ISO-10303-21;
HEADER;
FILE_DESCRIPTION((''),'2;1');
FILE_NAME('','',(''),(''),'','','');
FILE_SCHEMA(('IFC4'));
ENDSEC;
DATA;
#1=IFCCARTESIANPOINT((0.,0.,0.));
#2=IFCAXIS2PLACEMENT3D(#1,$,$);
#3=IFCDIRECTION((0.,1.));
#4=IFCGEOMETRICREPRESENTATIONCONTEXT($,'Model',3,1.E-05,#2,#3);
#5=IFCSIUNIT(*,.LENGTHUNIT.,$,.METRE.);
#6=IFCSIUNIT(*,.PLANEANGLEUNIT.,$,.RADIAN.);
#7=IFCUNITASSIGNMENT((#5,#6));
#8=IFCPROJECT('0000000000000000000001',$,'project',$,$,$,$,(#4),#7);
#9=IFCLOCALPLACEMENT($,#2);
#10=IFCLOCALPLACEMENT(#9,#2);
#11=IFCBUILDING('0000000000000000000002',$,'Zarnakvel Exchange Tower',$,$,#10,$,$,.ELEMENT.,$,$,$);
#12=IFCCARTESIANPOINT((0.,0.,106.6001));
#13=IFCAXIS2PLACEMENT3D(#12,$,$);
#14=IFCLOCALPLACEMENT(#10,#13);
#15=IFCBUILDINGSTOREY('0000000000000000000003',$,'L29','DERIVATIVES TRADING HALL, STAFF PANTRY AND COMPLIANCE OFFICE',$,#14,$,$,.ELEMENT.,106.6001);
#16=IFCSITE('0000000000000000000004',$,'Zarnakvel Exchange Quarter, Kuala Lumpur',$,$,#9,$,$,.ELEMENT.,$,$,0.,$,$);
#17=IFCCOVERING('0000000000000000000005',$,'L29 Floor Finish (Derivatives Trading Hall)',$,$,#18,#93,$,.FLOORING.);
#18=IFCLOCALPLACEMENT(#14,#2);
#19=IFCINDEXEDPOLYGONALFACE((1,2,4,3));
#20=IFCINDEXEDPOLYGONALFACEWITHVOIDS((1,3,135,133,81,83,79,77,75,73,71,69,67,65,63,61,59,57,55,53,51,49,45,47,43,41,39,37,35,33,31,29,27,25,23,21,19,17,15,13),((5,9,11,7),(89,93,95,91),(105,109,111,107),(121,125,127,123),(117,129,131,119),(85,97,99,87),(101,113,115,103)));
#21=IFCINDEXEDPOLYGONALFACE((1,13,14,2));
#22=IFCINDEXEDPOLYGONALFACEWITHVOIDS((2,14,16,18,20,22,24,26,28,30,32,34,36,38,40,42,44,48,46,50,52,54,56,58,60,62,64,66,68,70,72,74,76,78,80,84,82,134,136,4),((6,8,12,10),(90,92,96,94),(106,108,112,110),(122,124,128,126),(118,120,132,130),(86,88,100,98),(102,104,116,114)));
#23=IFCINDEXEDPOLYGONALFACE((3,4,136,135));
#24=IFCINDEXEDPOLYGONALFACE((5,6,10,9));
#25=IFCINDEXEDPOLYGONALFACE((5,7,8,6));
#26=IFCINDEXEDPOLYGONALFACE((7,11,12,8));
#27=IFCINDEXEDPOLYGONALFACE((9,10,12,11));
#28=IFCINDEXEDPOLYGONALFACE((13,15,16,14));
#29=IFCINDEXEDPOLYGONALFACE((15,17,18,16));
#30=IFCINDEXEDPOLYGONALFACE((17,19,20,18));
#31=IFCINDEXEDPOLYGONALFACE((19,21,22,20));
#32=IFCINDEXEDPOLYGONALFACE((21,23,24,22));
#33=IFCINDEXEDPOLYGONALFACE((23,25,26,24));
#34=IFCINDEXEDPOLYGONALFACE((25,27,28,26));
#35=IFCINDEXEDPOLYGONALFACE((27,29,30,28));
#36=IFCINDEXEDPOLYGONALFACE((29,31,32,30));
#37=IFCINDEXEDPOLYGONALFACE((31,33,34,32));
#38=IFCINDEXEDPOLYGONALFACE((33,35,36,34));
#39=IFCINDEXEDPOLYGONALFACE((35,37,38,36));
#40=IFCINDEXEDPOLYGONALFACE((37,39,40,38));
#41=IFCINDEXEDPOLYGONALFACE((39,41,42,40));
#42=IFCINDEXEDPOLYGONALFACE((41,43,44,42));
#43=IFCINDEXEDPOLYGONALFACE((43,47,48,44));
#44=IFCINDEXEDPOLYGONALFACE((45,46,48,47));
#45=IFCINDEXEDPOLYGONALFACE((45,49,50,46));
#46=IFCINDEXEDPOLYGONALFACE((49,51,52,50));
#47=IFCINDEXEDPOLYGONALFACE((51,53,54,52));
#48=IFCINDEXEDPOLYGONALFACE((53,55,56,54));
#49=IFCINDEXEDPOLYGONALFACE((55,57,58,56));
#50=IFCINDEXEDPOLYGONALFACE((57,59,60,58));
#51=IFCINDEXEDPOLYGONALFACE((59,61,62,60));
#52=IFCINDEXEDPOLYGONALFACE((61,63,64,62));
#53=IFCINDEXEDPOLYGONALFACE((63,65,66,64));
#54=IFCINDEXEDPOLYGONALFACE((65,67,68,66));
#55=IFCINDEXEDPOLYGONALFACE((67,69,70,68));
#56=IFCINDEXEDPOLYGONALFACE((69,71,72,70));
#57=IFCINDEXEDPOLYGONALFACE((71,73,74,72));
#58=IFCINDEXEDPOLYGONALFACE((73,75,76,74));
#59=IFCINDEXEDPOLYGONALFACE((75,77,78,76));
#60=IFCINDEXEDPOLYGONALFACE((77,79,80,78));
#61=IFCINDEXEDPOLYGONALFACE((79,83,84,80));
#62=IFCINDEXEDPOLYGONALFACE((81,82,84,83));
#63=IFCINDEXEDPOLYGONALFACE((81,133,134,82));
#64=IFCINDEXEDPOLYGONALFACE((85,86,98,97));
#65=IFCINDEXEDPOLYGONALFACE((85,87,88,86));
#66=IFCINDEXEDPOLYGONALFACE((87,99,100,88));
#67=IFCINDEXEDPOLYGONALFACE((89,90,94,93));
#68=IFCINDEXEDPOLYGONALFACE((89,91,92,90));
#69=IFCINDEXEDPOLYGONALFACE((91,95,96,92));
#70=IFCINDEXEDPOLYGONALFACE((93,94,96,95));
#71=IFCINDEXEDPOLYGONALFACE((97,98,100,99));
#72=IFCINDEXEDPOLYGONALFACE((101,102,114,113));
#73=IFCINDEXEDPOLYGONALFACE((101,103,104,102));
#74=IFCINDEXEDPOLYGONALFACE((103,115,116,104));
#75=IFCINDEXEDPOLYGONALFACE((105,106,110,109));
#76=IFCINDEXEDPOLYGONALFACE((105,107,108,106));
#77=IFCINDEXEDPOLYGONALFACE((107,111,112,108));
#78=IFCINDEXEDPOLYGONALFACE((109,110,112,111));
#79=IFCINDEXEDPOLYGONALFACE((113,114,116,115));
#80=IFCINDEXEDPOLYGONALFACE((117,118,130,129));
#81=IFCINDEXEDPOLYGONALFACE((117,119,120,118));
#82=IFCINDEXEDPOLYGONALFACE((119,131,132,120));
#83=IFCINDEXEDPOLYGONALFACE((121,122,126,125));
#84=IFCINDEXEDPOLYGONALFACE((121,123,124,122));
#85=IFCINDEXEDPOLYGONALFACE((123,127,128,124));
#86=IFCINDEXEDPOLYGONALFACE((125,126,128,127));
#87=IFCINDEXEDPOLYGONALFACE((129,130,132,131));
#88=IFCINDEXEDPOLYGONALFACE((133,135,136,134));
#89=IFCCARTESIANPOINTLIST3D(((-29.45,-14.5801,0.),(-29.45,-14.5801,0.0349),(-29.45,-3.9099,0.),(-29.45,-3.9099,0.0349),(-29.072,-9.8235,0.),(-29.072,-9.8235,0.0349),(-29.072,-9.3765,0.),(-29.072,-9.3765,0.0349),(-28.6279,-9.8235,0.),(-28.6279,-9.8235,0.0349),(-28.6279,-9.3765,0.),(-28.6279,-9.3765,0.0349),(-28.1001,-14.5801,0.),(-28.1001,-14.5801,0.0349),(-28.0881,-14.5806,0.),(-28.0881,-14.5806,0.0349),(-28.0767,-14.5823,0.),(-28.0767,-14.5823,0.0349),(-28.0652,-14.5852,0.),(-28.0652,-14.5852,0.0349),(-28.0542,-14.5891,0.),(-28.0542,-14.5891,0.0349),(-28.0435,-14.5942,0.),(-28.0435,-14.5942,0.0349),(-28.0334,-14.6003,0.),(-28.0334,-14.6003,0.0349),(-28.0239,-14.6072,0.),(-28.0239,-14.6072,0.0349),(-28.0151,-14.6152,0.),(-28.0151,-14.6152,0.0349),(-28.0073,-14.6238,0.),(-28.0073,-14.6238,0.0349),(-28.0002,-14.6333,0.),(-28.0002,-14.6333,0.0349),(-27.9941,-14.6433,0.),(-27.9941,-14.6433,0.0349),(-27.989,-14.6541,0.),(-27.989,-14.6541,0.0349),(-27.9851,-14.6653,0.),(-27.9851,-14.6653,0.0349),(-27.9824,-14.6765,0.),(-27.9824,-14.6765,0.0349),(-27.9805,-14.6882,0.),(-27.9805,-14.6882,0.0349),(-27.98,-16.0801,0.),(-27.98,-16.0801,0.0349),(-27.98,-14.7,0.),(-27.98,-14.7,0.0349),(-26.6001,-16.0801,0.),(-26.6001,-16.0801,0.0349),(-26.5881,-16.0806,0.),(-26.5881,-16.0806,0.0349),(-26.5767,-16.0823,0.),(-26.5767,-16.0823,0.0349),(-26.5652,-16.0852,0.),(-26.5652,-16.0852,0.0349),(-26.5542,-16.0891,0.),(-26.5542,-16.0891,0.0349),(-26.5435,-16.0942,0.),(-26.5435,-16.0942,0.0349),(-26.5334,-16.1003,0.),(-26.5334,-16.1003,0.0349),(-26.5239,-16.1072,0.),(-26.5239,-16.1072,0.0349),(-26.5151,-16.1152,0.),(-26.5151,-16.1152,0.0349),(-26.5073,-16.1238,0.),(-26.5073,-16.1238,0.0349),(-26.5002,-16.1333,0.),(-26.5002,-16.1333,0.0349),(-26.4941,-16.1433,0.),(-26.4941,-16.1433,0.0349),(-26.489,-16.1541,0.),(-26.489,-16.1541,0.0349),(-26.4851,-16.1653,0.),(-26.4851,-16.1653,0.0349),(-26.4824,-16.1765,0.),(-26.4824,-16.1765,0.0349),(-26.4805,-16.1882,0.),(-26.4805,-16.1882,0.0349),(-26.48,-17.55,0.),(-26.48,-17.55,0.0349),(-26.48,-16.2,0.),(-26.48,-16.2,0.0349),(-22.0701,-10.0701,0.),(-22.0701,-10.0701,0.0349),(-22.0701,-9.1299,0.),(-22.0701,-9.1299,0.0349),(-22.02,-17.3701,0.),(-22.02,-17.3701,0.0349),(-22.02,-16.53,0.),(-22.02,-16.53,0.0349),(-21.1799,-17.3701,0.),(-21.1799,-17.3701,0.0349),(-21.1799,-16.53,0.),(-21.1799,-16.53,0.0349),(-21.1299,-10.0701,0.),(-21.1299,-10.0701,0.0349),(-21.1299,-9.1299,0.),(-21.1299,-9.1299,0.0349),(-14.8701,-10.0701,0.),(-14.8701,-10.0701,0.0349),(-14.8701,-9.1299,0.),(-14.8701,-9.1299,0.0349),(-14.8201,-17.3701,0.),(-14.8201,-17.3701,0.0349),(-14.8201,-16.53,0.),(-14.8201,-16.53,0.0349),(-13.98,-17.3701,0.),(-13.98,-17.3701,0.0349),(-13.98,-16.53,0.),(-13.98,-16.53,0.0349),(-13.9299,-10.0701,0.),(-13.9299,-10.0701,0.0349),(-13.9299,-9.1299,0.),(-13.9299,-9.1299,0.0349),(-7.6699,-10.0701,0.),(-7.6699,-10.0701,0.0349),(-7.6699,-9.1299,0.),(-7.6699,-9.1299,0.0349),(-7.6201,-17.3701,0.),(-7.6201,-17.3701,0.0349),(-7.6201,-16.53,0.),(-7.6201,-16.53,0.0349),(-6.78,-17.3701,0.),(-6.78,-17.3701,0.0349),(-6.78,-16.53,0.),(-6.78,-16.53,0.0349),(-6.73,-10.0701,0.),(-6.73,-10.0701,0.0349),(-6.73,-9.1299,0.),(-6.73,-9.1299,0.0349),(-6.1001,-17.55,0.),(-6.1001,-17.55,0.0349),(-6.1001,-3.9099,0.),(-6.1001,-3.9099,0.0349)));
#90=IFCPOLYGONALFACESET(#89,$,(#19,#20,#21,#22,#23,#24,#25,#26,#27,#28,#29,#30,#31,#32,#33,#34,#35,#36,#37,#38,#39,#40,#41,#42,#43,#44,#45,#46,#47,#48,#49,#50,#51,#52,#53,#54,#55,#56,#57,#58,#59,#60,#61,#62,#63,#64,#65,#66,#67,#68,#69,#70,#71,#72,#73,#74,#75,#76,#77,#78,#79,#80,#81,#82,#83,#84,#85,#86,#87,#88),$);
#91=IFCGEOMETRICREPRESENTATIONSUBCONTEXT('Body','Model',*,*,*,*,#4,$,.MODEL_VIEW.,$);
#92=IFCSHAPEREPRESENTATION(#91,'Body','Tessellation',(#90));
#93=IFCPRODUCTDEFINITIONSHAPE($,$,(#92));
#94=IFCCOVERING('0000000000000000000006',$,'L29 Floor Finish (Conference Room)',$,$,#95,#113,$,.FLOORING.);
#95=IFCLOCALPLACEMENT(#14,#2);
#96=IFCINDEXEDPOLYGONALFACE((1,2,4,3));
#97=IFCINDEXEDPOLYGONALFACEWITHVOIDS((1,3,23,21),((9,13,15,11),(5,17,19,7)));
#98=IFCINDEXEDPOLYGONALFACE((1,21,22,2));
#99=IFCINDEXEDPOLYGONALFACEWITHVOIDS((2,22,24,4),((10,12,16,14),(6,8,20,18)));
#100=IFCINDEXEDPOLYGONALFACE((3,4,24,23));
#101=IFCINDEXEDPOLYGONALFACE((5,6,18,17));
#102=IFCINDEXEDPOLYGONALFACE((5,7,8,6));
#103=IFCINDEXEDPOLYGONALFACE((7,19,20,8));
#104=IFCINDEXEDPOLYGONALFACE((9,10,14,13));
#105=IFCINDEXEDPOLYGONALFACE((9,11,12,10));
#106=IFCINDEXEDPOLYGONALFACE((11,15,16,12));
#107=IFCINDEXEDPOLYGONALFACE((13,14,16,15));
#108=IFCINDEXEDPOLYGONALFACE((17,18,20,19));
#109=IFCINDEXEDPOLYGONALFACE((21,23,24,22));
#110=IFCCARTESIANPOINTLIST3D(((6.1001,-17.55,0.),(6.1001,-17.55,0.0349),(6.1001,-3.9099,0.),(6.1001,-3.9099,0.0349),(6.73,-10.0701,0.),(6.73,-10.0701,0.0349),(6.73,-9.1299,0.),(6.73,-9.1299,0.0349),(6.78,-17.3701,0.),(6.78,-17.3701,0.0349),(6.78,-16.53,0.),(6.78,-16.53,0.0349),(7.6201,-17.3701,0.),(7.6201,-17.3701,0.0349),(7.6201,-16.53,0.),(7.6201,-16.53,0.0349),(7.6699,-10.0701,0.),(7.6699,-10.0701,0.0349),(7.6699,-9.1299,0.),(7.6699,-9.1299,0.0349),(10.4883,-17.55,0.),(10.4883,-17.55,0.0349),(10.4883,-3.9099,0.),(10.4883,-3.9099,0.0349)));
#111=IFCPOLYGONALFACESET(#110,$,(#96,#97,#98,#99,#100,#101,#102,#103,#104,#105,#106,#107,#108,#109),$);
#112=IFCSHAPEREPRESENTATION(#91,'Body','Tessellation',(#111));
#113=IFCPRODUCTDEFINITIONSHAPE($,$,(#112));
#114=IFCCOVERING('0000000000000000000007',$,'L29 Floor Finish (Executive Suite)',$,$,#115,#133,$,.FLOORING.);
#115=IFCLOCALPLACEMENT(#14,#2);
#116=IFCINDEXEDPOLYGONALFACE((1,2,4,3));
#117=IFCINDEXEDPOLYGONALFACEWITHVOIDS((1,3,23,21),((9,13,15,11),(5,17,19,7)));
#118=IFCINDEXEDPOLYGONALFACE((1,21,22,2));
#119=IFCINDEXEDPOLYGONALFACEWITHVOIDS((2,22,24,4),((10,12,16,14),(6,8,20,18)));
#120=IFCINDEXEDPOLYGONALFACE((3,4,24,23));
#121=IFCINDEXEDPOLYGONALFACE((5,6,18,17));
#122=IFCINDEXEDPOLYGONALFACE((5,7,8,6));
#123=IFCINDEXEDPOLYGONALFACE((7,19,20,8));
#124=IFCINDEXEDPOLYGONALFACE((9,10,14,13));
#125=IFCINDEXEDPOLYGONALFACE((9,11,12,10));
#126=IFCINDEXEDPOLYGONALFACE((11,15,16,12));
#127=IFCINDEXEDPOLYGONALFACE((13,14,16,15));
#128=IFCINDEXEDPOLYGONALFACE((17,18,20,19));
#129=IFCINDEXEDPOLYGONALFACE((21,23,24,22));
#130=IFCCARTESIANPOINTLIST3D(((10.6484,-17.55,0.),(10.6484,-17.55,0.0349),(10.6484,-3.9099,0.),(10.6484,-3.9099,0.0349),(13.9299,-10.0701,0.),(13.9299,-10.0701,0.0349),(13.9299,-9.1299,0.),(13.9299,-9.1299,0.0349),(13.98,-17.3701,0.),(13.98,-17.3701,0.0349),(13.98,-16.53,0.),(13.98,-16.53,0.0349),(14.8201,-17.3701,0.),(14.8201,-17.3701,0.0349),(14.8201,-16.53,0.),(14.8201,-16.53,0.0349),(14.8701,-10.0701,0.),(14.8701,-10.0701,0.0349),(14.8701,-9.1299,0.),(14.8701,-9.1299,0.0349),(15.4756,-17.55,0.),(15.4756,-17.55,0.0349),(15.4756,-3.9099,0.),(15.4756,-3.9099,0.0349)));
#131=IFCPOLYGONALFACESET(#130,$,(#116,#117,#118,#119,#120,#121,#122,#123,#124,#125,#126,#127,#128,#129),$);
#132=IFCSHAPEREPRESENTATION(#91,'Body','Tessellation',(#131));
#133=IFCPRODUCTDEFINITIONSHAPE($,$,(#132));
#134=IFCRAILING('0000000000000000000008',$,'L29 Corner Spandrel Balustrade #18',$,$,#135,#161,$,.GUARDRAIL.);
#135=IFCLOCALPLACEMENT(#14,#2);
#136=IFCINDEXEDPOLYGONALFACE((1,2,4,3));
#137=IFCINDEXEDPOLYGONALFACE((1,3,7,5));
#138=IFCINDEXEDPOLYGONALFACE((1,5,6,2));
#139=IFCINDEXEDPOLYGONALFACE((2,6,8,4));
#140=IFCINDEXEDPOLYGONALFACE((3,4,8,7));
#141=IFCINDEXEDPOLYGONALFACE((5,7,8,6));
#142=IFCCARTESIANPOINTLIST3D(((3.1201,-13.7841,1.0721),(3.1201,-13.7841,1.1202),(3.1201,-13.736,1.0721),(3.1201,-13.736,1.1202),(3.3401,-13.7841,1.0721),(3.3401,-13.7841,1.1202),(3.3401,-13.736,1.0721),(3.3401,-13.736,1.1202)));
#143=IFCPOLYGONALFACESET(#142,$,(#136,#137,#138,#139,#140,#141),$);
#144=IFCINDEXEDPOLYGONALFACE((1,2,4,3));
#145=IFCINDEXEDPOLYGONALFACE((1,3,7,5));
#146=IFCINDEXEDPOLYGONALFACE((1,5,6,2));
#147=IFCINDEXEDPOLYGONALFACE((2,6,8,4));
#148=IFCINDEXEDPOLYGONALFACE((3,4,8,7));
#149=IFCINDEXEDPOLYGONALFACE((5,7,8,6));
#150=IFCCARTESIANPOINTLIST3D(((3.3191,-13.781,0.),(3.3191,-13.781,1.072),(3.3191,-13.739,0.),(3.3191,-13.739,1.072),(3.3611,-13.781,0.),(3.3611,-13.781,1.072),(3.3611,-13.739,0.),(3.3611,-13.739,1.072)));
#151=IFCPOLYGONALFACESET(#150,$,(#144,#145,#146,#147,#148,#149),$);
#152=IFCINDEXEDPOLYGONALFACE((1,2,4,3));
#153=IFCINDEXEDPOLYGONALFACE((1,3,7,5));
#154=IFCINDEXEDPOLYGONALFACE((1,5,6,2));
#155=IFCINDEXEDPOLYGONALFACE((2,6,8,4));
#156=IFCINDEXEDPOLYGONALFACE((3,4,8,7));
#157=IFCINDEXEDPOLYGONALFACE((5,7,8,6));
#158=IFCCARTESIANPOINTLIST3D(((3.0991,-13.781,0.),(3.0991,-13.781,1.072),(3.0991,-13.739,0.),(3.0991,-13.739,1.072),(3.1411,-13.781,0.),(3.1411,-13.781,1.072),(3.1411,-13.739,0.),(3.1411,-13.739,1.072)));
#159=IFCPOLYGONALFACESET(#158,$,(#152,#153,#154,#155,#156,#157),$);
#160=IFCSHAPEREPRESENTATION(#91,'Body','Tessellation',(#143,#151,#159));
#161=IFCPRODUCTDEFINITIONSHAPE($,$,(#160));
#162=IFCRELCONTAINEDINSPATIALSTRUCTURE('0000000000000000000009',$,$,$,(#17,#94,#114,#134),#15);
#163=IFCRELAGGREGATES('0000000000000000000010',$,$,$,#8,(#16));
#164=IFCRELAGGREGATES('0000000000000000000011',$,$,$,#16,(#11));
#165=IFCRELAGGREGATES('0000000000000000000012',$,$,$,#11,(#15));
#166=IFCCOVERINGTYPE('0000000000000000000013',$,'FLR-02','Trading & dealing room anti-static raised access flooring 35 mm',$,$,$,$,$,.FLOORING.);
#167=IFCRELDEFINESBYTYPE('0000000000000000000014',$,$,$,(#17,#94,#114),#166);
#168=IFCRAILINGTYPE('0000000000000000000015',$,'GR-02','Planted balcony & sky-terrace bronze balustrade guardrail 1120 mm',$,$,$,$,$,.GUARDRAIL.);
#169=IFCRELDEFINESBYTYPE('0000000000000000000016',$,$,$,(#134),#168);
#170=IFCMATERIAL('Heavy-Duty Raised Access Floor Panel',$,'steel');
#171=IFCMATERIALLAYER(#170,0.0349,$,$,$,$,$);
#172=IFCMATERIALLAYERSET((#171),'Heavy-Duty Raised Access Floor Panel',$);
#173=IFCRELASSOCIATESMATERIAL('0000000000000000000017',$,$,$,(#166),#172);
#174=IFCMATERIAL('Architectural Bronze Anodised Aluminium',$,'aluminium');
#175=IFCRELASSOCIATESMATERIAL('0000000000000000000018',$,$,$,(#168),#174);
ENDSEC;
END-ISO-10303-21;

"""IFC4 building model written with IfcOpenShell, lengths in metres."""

from ifc_helpers import new_model, si_unit, direction, frame, origin, origin_2d, place, context, subcontext, project, spatial, polyline, rectangle, outline, extrude, material, layer, layer_set, type_object, element, save


model = new_model("IFC4")

# Units and contexts
model_context = context("Model", 3, precision=1e-05, world=origin(), true_north=direction((0.0, 1.0)))
body_context = subcontext(model_context, "Body", "Model", "MODEL_VIEW")
ifc_project = project(units=[si_unit("LENGTHUNIT", "METRE"), si_unit("PLANEANGLEUNIT", "RADIAN")], contexts=[model_context])

# Site, building, storey
site_placement = place(None, origin())
site = spatial("IfcSite", under=ifc_project, at=site_placement, Name="Zarnakvel Exchange Quarter, Kuala Lumpur", CompositionType="ELEMENT", RefElevation=0.0)
building_placement = place(site_placement, origin())
building = spatial("IfcBuilding", under=site, at=building_placement, Name="Zarnakvel Exchange Tower", CompositionType="ELEMENT")
storey_placement = place(building_placement, frame((0.0, 0.0, 106.6001)))
storey = spatial("IfcBuildingStorey", under=building, at=storey_placement, Name="L29", Description="DERIVATIVES TRADING HALL, STAFF PANTRY AND COMPLIANCE OFFICE", CompositionType="ELEMENT", Elevation=106.6001)

# Coverings
ifc_material_1 = material(Name="Heavy-Duty Raised Access Floor Panel", Category="steel")
ifc_layer_1 = layer(ifc_material_1, 0.0349)
ifc_layer_set_1 = layer_set([ifc_layer_1], Name="Heavy-Duty Raised Access Floor Panel")
covering_type_1 = type_object("IfcCoveringType", Name="FLR-02", Description="Trading & dealing room anti-static raised access flooring 35 mm", PredefinedType="FLOORING", material=ifc_layer_set_1)
covering_1_placement = place(storey_placement, origin())
element("IfcCovering", 1, at=covering_1_placement, inside=storey, type_object=covering_type_1, Name="L29 Floor Finish (Derivatives Trading Hall)", PredefinedType="FLOORING", context=body_context, shape_type="SweptSolid", body=[
    extrude(outline(polyline([(-6.1001, -3.9099), (-6.1001, -17.55), (-26.48, -17.55), (-26.48, -16.2), (-26.4805, -16.1882), (-26.4824, -16.1765), (-26.4851, -16.1653), (-26.489, -16.1541), (-26.4941, -16.1433), (-26.5002, -16.1333), (-26.5073, -16.1238), (-26.5151, -16.1152), (-26.5239, -16.1072), (-26.5334, -16.1003), (-26.5435, -16.0942), (-26.5542, -16.0891), (-26.5652, -16.0852), (-26.5767, -16.0823), (-26.5881, -16.0806), (-26.6001, -16.0801), (-27.98, -16.0801), (-27.98, -14.7), (-27.9805, -14.6882), (-27.9824, -14.6765), (-27.9851, -14.6653), (-27.989, -14.6541), (-27.9941, -14.6433), (-28.0002, -14.6333), (-28.0073, -14.6238), (-28.0151, -14.6152), (-28.0239, -14.6072), (-28.0334, -14.6003), (-28.0435, -14.5942), (-28.0542, -14.5891), (-28.0652, -14.5852), (-28.0767, -14.5823), (-28.0881, -14.5806), (-28.1001, -14.5801), (-29.45, -14.5801), (-29.45, -3.9099), (-6.1001, -3.9099)]), holes=[polyline([(-7.6699, -10.0701), (-6.73, -10.0701), (-6.73, -9.1299), (-7.6699, -9.1299), (-7.6699, -10.0701)]), polyline([(-6.78, -17.3701), (-6.78, -16.53), (-7.6201, -16.53), (-7.6201, -17.3701), (-6.78, -17.3701)]), polyline([(-13.9299, -10.0701), (-13.9299, -9.1299), (-14.8701, -9.1299), (-14.8701, -10.0701), (-13.9299, -10.0701)]), polyline([(-13.98, -17.3701), (-13.98, -16.53), (-14.8201, -16.53), (-14.8201, -17.3701), (-13.98, -17.3701)]), polyline([(-21.1299, -10.0701), (-21.1299, -9.1299), (-22.0701, -9.1299), (-22.0701, -10.0701), (-21.1299, -10.0701)]), polyline([(-21.1799, -17.3701), (-21.1799, -16.53), (-22.02, -16.53), (-22.02, -17.3701), (-21.1799, -17.3701)]), polyline([(-29.072, -9.8235), (-28.6279, -9.8235), (-28.6279, -9.3765), (-29.072, -9.3765), (-29.072, -9.8235)])]), origin(), (0.0, 0.0, 1.0), 0.0349),
])
covering_2_placement = place(storey_placement, origin())
element("IfcCovering", 2, at=covering_2_placement, inside=storey, type_object=covering_type_1, Name="L29 Floor Finish (Conference Room)", PredefinedType="FLOORING", context=body_context, shape_type="SweptSolid", body=[
    extrude(outline(polyline([(6.1001, -3.9099), (10.4883, -3.9099), (10.4883, -17.55), (6.1001, -17.55), (6.1001, -3.9099)]), holes=[polyline([(6.73, -10.0701), (7.6699, -10.0701), (7.6699, -9.1299), (6.73, -9.1299), (6.73, -10.0701)]), polyline([(7.6201, -17.3701), (7.6201, -16.53), (6.78, -16.53), (6.78, -17.3701), (7.6201, -17.3701)])]), origin(), (0.0, 0.0, 1.0), 0.0349),
])
covering_3_placement = place(storey_placement, origin())
element("IfcCovering", 3, at=covering_3_placement, inside=storey, type_object=covering_type_1, Name="L29 Floor Finish (Executive Suite)", PredefinedType="FLOORING", context=body_context, shape_type="SweptSolid", body=[
    extrude(outline(polyline([(10.6484, -3.9099), (15.4756, -3.9099), (15.4756, -17.55), (10.6484, -17.55), (10.6484, -3.9099)]), holes=[polyline([(13.9299, -10.0701), (14.8701, -10.0701), (14.8701, -9.1299), (13.9299, -9.1299), (13.9299, -10.0701)]), polyline([(14.8201, -17.3701), (14.8201, -16.53), (13.98, -16.53), (13.98, -17.3701), (14.8201, -17.3701)])]), origin(), (0.0, 0.0, 1.0), 0.0349),
])

# Railing
ifc_material_2 = material(Name="Architectural Bronze Anodised Aluminium", Category="aluminium")
railing_type = type_object("IfcRailingType", Name="GR-02", Description="Planted balcony & sky-terrace bronze balustrade guardrail 1120 mm", PredefinedType="GUARDRAIL", material=ifc_material_2)
railing_placement = place(storey_placement, frame((3.3401, -13.76, 0.0)))
element("IfcRailing", 4, at=railing_placement, inside=storey, type_object=railing_type, Name="L29 Corner Spandrel Balustrade #18", PredefinedType="GUARDRAIL", context=body_context, shape_type="SweptSolid", body=[
    extrude(rectangle(XDim=0.0481, YDim=0.0481, at=origin_2d()), frame((0.0, 0.0, 1.0962), z_axis=(-1.0, 0.0, 0.0), x_axis=(0.0, -1.0, 0.0)), (0.0, 0.0, 1.0), 0.22),
    extrude(rectangle(XDim=0.042, YDim=0.042, at=origin_2d()), origin(), (0.0, 0.0, 1.0), 1.072),
    extrude(rectangle(XDim=0.042, YDim=0.042, at=origin_2d()), frame((-0.22, 0.0, 0.0)), (0.0, 0.0, 1.0), 1.072),
])

save(model, "model.ifc")
